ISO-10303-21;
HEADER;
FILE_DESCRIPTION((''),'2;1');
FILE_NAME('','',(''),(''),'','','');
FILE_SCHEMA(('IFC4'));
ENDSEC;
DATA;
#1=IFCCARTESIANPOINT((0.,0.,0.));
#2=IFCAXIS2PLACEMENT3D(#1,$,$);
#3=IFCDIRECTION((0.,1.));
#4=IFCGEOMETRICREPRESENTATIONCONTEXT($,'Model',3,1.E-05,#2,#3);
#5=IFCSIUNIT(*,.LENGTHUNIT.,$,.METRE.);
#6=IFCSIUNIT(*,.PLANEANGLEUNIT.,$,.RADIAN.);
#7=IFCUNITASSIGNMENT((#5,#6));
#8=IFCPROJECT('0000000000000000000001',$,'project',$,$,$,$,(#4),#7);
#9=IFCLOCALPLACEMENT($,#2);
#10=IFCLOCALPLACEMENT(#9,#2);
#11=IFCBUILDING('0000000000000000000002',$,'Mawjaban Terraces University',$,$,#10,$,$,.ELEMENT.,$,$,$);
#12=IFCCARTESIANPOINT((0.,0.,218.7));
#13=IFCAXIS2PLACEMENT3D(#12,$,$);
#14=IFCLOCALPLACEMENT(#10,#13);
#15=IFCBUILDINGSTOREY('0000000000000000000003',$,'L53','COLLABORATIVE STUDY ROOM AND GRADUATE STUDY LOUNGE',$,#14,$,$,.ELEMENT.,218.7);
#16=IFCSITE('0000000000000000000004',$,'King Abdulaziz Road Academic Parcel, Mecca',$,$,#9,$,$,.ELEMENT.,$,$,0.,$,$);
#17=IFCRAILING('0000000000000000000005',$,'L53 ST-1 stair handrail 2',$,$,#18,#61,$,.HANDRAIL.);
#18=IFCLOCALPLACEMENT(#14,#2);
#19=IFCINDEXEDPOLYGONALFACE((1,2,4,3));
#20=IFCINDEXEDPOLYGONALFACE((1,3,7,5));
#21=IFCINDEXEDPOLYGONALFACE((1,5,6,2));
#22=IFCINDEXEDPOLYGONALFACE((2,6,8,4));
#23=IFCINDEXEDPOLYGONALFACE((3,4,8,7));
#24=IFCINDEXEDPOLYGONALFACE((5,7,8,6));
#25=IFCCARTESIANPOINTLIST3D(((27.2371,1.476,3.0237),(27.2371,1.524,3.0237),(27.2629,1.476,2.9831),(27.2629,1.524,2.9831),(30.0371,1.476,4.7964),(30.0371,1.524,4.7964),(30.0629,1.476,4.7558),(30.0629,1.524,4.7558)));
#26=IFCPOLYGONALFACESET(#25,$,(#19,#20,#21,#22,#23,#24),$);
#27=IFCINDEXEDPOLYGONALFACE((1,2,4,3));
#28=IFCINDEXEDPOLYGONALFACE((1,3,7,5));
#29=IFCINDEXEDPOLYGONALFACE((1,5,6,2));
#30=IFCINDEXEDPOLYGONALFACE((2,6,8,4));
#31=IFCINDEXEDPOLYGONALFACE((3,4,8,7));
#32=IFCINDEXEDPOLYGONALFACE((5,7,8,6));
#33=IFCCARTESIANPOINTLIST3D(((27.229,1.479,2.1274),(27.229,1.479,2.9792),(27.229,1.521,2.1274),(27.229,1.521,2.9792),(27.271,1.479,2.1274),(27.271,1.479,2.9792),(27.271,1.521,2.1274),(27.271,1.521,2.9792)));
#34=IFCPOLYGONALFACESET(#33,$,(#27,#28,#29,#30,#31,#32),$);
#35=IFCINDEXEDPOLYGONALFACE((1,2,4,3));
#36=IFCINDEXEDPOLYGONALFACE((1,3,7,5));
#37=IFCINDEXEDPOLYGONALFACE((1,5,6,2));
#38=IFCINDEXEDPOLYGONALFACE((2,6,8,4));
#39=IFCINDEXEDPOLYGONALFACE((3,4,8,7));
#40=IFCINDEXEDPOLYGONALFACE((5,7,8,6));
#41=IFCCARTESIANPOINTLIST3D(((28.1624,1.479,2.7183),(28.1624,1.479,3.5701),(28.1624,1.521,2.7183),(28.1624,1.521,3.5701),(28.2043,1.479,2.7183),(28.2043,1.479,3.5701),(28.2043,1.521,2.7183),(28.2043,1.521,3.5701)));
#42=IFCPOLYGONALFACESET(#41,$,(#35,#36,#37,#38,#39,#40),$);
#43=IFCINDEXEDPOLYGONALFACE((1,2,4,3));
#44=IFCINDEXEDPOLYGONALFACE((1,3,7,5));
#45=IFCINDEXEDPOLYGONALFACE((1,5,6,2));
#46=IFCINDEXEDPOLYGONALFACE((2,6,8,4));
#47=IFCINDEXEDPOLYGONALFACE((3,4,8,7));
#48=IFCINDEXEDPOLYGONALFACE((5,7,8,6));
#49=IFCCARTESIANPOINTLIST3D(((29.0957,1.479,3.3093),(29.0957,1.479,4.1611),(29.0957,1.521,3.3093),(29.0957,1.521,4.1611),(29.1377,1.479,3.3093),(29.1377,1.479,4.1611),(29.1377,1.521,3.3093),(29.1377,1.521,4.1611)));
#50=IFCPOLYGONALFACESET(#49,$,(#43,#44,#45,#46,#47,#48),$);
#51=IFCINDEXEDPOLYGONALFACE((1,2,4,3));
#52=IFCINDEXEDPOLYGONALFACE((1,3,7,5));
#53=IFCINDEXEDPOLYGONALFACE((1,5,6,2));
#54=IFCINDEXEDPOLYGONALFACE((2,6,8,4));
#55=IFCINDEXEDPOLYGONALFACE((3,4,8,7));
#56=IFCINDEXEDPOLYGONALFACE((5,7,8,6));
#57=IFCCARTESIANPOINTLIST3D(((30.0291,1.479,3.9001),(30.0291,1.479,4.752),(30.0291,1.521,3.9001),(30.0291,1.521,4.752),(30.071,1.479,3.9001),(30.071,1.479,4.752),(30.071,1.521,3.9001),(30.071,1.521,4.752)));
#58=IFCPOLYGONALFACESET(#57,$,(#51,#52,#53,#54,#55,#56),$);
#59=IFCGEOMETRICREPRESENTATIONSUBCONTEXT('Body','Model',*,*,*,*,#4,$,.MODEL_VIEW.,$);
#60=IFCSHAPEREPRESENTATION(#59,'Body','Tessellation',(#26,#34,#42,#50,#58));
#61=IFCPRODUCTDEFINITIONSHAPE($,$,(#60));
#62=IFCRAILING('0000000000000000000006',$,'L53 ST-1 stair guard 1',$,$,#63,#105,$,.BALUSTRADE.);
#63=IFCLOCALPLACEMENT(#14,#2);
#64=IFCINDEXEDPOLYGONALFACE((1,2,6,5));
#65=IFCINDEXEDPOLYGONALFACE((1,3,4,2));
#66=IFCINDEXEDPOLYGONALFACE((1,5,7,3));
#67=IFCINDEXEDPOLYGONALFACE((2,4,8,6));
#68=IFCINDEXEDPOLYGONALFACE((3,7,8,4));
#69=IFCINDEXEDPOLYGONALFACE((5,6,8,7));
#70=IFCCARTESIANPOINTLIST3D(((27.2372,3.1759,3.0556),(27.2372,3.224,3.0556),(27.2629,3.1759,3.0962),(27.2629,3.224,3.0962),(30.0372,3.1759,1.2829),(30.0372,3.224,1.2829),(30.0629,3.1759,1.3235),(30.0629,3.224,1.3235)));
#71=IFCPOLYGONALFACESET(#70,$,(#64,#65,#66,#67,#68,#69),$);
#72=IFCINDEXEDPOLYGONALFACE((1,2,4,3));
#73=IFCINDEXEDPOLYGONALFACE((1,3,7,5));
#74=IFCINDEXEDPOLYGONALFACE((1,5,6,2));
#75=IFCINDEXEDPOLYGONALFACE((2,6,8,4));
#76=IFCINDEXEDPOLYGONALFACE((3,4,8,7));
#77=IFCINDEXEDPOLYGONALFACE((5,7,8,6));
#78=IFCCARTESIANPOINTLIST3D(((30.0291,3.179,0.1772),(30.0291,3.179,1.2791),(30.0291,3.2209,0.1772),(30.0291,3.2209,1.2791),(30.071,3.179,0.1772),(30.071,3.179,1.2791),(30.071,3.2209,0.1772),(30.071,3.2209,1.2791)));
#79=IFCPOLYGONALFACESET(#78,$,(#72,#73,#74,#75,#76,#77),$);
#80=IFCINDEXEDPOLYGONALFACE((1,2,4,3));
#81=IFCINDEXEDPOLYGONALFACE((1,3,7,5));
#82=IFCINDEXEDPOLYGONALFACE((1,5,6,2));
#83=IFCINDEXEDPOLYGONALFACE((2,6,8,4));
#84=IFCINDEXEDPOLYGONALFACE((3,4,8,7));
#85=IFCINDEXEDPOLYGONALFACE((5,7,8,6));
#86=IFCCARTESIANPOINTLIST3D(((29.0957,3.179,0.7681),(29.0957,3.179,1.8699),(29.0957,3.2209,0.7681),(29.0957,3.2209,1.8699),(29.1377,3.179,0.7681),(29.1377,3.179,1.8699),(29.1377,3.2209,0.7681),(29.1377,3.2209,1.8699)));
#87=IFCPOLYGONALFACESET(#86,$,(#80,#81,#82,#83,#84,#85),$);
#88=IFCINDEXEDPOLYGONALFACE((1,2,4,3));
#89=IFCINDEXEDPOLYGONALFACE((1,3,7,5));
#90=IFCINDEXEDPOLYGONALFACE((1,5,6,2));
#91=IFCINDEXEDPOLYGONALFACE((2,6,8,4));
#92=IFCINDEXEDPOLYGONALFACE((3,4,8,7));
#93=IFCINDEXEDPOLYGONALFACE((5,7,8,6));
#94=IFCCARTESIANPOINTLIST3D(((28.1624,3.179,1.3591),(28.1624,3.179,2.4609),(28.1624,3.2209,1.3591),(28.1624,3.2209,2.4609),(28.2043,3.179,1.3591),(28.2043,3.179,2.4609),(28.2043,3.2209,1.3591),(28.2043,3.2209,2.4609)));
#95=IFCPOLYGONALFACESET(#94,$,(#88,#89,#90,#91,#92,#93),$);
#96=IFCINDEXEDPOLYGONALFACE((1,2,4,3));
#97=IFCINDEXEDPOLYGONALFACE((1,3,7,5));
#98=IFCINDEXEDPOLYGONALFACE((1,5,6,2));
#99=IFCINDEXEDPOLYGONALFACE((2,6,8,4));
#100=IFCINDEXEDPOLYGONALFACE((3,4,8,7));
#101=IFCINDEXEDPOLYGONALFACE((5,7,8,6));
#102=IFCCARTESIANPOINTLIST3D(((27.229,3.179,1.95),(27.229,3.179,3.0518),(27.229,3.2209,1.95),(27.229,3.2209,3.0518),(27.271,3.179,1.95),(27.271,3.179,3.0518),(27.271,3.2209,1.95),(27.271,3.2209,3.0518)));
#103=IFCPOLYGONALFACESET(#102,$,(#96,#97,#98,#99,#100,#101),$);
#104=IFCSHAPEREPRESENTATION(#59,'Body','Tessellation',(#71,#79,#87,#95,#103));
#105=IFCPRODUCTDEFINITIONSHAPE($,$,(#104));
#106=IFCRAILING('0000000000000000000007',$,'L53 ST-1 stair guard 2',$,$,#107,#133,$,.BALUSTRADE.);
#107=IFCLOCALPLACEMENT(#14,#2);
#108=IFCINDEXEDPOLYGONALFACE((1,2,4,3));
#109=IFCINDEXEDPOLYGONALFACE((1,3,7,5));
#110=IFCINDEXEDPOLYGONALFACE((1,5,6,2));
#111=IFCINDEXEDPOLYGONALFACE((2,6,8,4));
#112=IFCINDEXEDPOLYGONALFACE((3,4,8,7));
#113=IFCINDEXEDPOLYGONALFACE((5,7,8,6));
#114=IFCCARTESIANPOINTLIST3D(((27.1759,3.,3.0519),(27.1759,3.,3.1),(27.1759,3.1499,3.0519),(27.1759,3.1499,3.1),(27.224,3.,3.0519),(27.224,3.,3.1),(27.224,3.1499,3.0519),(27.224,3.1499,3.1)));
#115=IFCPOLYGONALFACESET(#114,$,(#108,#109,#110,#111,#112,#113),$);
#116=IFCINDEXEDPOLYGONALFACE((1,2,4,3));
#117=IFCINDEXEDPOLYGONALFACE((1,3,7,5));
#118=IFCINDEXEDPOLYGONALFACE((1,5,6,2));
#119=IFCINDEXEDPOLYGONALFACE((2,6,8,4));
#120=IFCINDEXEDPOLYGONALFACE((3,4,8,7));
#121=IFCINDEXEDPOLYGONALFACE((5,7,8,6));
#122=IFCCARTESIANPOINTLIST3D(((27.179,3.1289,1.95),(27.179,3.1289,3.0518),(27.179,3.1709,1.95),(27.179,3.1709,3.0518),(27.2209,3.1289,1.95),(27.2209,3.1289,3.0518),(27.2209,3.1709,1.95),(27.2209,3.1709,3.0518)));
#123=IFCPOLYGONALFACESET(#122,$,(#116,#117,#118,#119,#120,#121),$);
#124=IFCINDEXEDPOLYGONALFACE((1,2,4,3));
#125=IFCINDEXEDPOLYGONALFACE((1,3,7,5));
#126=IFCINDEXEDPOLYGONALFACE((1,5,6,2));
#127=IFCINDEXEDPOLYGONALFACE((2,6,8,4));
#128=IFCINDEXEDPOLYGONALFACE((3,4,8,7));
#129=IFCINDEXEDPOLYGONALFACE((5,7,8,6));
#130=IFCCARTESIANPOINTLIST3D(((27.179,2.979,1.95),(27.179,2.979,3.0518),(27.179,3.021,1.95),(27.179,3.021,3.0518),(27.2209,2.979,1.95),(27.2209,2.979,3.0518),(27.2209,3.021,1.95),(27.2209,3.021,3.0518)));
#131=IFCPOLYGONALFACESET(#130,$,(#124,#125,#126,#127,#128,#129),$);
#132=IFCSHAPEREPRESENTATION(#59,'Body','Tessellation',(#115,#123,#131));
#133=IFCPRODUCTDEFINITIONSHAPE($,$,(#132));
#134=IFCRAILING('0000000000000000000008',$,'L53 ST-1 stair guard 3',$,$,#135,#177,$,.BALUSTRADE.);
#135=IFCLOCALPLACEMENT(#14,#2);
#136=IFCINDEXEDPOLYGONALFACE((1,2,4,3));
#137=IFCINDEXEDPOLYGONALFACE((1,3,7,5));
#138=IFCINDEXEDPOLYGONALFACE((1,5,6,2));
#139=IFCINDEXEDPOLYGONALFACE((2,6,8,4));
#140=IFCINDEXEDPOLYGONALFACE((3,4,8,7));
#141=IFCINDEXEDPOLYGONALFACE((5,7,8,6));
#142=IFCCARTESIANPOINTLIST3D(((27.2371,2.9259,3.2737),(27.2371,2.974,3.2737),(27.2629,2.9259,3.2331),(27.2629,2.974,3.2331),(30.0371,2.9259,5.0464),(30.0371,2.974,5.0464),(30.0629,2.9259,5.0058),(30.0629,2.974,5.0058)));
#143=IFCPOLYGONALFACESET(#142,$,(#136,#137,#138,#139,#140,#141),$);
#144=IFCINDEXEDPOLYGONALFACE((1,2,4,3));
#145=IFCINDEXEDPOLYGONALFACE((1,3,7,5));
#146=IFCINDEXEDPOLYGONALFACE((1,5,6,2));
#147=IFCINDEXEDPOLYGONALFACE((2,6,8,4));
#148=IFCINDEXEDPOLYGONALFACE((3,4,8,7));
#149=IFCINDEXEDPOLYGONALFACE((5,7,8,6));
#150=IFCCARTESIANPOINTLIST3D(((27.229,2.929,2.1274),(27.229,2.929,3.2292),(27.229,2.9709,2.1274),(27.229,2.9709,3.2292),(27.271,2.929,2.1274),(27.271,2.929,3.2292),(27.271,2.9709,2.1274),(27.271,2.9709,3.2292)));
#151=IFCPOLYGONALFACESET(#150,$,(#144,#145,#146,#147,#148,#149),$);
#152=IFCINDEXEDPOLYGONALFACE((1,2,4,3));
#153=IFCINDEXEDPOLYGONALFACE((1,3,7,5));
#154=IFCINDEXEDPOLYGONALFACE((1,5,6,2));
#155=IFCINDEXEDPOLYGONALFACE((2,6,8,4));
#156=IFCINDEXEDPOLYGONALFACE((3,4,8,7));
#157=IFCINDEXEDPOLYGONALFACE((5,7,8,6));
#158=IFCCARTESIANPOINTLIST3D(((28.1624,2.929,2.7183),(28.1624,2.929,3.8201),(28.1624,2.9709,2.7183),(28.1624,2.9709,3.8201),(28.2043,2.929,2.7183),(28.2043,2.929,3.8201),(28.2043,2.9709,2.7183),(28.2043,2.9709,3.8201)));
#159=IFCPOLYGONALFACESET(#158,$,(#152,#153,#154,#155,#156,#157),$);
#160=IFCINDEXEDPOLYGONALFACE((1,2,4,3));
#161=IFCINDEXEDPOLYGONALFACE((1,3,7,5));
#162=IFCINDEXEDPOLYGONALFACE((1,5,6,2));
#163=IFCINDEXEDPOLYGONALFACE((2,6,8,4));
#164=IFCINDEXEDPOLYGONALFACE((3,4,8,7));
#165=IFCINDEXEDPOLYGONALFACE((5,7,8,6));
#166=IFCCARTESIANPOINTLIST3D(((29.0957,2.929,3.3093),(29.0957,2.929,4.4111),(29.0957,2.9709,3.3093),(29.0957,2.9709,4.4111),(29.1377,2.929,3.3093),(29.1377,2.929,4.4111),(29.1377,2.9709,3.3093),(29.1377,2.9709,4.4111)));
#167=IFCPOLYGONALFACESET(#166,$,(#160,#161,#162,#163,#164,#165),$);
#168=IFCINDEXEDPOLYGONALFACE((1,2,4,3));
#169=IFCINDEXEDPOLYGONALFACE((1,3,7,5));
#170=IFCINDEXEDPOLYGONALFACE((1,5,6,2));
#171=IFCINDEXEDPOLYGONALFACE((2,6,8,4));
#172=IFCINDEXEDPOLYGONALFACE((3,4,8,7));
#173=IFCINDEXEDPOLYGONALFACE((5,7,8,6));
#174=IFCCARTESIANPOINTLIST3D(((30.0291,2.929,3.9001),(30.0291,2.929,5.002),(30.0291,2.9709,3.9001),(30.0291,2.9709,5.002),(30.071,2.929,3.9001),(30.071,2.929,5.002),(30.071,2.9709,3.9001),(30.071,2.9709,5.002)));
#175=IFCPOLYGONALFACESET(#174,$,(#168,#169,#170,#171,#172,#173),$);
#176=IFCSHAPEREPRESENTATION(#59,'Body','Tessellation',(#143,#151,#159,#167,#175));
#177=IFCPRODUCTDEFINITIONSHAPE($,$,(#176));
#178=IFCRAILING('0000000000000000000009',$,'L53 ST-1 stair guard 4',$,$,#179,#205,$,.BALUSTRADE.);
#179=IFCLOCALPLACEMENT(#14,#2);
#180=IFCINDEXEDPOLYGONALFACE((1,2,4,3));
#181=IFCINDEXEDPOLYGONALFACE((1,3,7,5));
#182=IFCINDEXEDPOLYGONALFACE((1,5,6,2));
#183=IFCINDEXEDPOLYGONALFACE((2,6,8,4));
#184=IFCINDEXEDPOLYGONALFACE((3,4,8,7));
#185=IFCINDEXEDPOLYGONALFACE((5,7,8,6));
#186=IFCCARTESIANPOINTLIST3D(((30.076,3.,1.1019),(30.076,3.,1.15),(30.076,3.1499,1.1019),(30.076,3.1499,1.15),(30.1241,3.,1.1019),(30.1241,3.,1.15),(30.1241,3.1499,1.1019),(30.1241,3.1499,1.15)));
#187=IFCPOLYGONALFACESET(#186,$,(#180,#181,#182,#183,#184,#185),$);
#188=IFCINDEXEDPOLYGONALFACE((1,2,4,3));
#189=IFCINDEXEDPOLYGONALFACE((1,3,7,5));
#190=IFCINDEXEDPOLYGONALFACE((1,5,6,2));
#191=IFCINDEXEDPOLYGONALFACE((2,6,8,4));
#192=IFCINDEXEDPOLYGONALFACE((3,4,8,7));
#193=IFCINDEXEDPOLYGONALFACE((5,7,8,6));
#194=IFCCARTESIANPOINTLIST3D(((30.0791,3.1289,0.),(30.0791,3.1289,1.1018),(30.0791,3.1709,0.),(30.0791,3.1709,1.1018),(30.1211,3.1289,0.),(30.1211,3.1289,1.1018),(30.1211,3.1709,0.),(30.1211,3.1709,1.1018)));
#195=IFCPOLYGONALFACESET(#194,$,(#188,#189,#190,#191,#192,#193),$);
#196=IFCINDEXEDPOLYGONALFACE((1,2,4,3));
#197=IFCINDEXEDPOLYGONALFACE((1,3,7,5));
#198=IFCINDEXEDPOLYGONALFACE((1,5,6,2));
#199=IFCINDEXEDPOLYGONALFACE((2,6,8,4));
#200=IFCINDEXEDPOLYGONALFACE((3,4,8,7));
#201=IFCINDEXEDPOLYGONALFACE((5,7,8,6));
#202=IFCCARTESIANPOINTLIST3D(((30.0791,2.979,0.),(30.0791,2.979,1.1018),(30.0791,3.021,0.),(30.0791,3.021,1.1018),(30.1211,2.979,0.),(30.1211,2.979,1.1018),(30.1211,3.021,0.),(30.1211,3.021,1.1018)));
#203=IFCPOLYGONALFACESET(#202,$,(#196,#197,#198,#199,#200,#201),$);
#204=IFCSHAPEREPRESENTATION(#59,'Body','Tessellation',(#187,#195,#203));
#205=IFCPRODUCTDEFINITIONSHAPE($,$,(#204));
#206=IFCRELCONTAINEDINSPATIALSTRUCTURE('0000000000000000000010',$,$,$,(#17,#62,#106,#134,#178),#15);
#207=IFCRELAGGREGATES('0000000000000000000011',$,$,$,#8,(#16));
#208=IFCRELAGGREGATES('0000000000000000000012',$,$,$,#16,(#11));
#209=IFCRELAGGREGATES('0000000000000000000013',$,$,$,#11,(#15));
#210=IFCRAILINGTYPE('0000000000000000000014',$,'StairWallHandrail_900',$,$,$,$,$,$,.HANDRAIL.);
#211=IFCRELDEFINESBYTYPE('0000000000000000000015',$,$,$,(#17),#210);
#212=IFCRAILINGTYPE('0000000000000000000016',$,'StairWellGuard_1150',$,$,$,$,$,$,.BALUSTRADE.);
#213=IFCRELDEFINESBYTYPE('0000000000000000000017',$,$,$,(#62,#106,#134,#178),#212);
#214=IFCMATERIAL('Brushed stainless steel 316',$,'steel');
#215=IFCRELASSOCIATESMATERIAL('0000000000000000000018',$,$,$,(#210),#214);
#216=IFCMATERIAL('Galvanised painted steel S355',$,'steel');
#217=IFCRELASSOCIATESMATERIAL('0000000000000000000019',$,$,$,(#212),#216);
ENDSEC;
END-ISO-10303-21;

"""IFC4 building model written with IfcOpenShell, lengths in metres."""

from ifc_helpers import new_model, si_unit, direction, frame, origin, origin_2d, place, context, subcontext, project, spatial, rectangle, extrude, material, type_object, element, save


model = new_model("IFC4")

# Units and contexts
model_context = context("Model", 3, precision=1e-05, world=origin(), true_north=direction((0.0, 1.0)))
body_context = subcontext(model_context, "Body", "Model", "MODEL_VIEW")
ifc_project = project(units=[si_unit("LENGTHUNIT", "METRE"), si_unit("PLANEANGLEUNIT", "RADIAN")], contexts=[model_context])

# Site, building, storey
site_placement = place(None, origin())
site = spatial("IfcSite", under=ifc_project, at=site_placement, Name="King Abdulaziz Road Academic Parcel, Mecca", CompositionType="ELEMENT", RefElevation=0.0)
building_placement = place(site_placement, origin())
building = spatial("IfcBuilding", under=site, at=building_placement, Name="Mawjaban Terraces University", CompositionType="ELEMENT")
storey_placement = place(building_placement, frame((0.0, 0.0, 218.7)))
storey = spatial("IfcBuildingStorey", under=building, at=storey_placement, Name="L53", Description="COLLABORATIVE STUDY ROOM AND GRADUATE STUDY LOUNGE", CompositionType="ELEMENT", Elevation=218.7)

# Railings
ifc_material_1 = material(Name="Brushed stainless steel 316", Category="steel")
railing_type_1 = type_object("IfcRailingType", Name="StairWallHandrail_900", PredefinedType="HANDRAIL", material=ifc_material_1)
railing_1_placement = place(storey_placement, frame((27.25, 1.5, 2.1274)))
element("IfcRailing", 1, at=railing_1_placement, inside=storey, type_object=railing_type_1, Name="L53 ST-1 stair handrail 2", PredefinedType="HANDRAIL", context=body_context, shape_type="SweptSolid", body=[
    extrude(rectangle(XDim=0.0481, YDim=0.0481, at=origin_2d()), frame((0.0, 0.0, 0.876), z_axis=(0.844909, 0.0, 0.53491), x_axis=(0.0, 1.0, 0.0)), (0.0, 0.0, 1.0), 3.314),
    extrude(rectangle(XDim=0.042, YDim=0.042, at=origin_2d()), origin(), (0.0, 0.0, 1.0), 0.8518),
    extrude(rectangle(XDim=0.042, YDim=0.042, at=origin_2d()), frame((0.9333, 0.0, 0.5908)), (0.0, 0.0, 1.0), 0.8518),
    extrude(rectangle(XDim=0.042, YDim=0.042, at=origin_2d()), frame((1.8667, 0.0, 1.1819)), (0.0, 0.0, 1.0), 0.8518),
    extrude(rectangle(XDim=0.042, YDim=0.042, at=origin_2d()), frame((2.8, 0.0, 1.7727)), (0.0, 0.0, 1.0), 0.8518),
])
ifc_material_2 = material(Name="Galvanised painted steel S355", Category="steel")
railing_type_2 = type_object("IfcRailingType", Name="StairWellGuard_1150", PredefinedType="BALUSTRADE", material=ifc_material_2)
railing_2_placement = place(storey_placement, frame((30.05, 3.2, 0.1772)))
element("IfcRailing", 2, at=railing_2_placement, inside=storey, type_object=railing_type_2, Name="L53 ST-1 stair guard 1", PredefinedType="BALUSTRADE", context=body_context, shape_type="SweptSolid", body=[
    extrude(rectangle(XDim=0.0481, YDim=0.0481, at=origin_2d()), frame((0.0, 0.0, 1.126), z_axis=(-0.844909, 0.0, 0.53491), x_axis=(0.0, -1.0, 0.0)), (0.0, 0.0, 1.0), 3.314),
    extrude(rectangle(XDim=0.042, YDim=0.042, at=origin_2d()), origin(), (0.0, 0.0, 1.0), 1.1018),
    extrude(rectangle(XDim=0.042, YDim=0.042, at=origin_2d()), frame((-0.9333, 0.0, 0.5908)), (0.0, 0.0, 1.0), 1.1018),
    extrude(rectangle(XDim=0.042, YDim=0.042, at=origin_2d()), frame((-1.8667, 0.0, 1.1819)), (0.0, 0.0, 1.0), 1.1018),
    extrude(rectangle(XDim=0.042, YDim=0.042, at=origin_2d()), frame((-2.8, 0.0, 1.7727)), (0.0, 0.0, 1.0), 1.1018),
])
railing_3_placement = place(storey_placement, frame((27.2, 3.1499, 1.95)))
element("IfcRailing", 3, at=railing_3_placement, inside=storey, type_object=railing_type_2, Name="L53 ST-1 stair guard 2", PredefinedType="BALUSTRADE", context=body_context, shape_type="SweptSolid", body=[
    extrude(rectangle(XDim=0.0481, YDim=0.0481, at=origin_2d()), frame((0.0, 0.0, 1.126), z_axis=(0.0, -1.0, 0.0), x_axis=(1.0, 0.0, 0.0)), (0.0, 0.0, 1.0), 0.1499),
    extrude(rectangle(XDim=0.042, YDim=0.042, at=origin_2d()), origin(), (0.0, 0.0, 1.0), 1.1018),
    extrude(rectangle(XDim=0.042, YDim=0.042, at=origin_2d()), frame((0.0, -0.1499, 0.0)), (0.0, 0.0, 1.0), 1.1018),
])
railing_4_placement = place(storey_placement, frame((27.25, 2.95, 2.1274)))
element("IfcRailing", 4, at=railing_4_placement, inside=storey, type_object=railing_type_2, Name="L53 ST-1 stair guard 3", PredefinedType="BALUSTRADE", context=body_context, shape_type="SweptSolid", body=[
    extrude(rectangle(XDim=0.0481, YDim=0.0481, at=origin_2d()), frame((0.0, 0.0, 1.126), z_axis=(0.844909, 0.0, 0.53491), x_axis=(0.0, 1.0, 0.0)), (0.0, 0.0, 1.0), 3.314),
    extrude(rectangle(XDim=0.042, YDim=0.042, at=origin_2d()), origin(), (0.0, 0.0, 1.0), 1.1018),
    extrude(rectangle(XDim=0.042, YDim=0.042, at=origin_2d()), frame((0.9333, 0.0, 0.5908)), (0.0, 0.0, 1.0), 1.1018),
    extrude(rectangle(XDim=0.042, YDim=0.042, at=origin_2d()), frame((1.8667, 0.0, 1.1819)), (0.0, 0.0, 1.0), 1.1018),
    extrude(rectangle(XDim=0.042, YDim=0.042, at=origin_2d()), frame((2.8, 0.0, 1.7727)), (0.0, 0.0, 1.0), 1.1018),
])
railing_5_placement = place(storey_placement, frame((30.1001, 3.1499, 0.0)))
element("IfcRailing", 5, at=railing_5_placement, inside=storey, type_object=railing_type_2, Name="L53 ST-1 stair guard 4", PredefinedType="BALUSTRADE", context=body_context, shape_type="SweptSolid", body=[
    extrude(rectangle(XDim=0.0481, YDim=0.0481, at=origin_2d()), frame((0.0, 0.0, 1.126), z_axis=(0.0, -1.0, 0.0), x_axis=(1.0, 0.0, 0.0)), (0.0, 0.0, 1.0), 0.1499),
    extrude(rectangle(XDim=0.042, YDim=0.042, at=origin_2d()), origin(), (0.0, 0.0, 1.0), 1.1018),
    extrude(rectangle(XDim=0.042, YDim=0.042, at=origin_2d()), frame((0.0, -0.1499, 0.0)), (0.0, 0.0, 1.0), 1.1018),
])

save(model, "model.ifc")
